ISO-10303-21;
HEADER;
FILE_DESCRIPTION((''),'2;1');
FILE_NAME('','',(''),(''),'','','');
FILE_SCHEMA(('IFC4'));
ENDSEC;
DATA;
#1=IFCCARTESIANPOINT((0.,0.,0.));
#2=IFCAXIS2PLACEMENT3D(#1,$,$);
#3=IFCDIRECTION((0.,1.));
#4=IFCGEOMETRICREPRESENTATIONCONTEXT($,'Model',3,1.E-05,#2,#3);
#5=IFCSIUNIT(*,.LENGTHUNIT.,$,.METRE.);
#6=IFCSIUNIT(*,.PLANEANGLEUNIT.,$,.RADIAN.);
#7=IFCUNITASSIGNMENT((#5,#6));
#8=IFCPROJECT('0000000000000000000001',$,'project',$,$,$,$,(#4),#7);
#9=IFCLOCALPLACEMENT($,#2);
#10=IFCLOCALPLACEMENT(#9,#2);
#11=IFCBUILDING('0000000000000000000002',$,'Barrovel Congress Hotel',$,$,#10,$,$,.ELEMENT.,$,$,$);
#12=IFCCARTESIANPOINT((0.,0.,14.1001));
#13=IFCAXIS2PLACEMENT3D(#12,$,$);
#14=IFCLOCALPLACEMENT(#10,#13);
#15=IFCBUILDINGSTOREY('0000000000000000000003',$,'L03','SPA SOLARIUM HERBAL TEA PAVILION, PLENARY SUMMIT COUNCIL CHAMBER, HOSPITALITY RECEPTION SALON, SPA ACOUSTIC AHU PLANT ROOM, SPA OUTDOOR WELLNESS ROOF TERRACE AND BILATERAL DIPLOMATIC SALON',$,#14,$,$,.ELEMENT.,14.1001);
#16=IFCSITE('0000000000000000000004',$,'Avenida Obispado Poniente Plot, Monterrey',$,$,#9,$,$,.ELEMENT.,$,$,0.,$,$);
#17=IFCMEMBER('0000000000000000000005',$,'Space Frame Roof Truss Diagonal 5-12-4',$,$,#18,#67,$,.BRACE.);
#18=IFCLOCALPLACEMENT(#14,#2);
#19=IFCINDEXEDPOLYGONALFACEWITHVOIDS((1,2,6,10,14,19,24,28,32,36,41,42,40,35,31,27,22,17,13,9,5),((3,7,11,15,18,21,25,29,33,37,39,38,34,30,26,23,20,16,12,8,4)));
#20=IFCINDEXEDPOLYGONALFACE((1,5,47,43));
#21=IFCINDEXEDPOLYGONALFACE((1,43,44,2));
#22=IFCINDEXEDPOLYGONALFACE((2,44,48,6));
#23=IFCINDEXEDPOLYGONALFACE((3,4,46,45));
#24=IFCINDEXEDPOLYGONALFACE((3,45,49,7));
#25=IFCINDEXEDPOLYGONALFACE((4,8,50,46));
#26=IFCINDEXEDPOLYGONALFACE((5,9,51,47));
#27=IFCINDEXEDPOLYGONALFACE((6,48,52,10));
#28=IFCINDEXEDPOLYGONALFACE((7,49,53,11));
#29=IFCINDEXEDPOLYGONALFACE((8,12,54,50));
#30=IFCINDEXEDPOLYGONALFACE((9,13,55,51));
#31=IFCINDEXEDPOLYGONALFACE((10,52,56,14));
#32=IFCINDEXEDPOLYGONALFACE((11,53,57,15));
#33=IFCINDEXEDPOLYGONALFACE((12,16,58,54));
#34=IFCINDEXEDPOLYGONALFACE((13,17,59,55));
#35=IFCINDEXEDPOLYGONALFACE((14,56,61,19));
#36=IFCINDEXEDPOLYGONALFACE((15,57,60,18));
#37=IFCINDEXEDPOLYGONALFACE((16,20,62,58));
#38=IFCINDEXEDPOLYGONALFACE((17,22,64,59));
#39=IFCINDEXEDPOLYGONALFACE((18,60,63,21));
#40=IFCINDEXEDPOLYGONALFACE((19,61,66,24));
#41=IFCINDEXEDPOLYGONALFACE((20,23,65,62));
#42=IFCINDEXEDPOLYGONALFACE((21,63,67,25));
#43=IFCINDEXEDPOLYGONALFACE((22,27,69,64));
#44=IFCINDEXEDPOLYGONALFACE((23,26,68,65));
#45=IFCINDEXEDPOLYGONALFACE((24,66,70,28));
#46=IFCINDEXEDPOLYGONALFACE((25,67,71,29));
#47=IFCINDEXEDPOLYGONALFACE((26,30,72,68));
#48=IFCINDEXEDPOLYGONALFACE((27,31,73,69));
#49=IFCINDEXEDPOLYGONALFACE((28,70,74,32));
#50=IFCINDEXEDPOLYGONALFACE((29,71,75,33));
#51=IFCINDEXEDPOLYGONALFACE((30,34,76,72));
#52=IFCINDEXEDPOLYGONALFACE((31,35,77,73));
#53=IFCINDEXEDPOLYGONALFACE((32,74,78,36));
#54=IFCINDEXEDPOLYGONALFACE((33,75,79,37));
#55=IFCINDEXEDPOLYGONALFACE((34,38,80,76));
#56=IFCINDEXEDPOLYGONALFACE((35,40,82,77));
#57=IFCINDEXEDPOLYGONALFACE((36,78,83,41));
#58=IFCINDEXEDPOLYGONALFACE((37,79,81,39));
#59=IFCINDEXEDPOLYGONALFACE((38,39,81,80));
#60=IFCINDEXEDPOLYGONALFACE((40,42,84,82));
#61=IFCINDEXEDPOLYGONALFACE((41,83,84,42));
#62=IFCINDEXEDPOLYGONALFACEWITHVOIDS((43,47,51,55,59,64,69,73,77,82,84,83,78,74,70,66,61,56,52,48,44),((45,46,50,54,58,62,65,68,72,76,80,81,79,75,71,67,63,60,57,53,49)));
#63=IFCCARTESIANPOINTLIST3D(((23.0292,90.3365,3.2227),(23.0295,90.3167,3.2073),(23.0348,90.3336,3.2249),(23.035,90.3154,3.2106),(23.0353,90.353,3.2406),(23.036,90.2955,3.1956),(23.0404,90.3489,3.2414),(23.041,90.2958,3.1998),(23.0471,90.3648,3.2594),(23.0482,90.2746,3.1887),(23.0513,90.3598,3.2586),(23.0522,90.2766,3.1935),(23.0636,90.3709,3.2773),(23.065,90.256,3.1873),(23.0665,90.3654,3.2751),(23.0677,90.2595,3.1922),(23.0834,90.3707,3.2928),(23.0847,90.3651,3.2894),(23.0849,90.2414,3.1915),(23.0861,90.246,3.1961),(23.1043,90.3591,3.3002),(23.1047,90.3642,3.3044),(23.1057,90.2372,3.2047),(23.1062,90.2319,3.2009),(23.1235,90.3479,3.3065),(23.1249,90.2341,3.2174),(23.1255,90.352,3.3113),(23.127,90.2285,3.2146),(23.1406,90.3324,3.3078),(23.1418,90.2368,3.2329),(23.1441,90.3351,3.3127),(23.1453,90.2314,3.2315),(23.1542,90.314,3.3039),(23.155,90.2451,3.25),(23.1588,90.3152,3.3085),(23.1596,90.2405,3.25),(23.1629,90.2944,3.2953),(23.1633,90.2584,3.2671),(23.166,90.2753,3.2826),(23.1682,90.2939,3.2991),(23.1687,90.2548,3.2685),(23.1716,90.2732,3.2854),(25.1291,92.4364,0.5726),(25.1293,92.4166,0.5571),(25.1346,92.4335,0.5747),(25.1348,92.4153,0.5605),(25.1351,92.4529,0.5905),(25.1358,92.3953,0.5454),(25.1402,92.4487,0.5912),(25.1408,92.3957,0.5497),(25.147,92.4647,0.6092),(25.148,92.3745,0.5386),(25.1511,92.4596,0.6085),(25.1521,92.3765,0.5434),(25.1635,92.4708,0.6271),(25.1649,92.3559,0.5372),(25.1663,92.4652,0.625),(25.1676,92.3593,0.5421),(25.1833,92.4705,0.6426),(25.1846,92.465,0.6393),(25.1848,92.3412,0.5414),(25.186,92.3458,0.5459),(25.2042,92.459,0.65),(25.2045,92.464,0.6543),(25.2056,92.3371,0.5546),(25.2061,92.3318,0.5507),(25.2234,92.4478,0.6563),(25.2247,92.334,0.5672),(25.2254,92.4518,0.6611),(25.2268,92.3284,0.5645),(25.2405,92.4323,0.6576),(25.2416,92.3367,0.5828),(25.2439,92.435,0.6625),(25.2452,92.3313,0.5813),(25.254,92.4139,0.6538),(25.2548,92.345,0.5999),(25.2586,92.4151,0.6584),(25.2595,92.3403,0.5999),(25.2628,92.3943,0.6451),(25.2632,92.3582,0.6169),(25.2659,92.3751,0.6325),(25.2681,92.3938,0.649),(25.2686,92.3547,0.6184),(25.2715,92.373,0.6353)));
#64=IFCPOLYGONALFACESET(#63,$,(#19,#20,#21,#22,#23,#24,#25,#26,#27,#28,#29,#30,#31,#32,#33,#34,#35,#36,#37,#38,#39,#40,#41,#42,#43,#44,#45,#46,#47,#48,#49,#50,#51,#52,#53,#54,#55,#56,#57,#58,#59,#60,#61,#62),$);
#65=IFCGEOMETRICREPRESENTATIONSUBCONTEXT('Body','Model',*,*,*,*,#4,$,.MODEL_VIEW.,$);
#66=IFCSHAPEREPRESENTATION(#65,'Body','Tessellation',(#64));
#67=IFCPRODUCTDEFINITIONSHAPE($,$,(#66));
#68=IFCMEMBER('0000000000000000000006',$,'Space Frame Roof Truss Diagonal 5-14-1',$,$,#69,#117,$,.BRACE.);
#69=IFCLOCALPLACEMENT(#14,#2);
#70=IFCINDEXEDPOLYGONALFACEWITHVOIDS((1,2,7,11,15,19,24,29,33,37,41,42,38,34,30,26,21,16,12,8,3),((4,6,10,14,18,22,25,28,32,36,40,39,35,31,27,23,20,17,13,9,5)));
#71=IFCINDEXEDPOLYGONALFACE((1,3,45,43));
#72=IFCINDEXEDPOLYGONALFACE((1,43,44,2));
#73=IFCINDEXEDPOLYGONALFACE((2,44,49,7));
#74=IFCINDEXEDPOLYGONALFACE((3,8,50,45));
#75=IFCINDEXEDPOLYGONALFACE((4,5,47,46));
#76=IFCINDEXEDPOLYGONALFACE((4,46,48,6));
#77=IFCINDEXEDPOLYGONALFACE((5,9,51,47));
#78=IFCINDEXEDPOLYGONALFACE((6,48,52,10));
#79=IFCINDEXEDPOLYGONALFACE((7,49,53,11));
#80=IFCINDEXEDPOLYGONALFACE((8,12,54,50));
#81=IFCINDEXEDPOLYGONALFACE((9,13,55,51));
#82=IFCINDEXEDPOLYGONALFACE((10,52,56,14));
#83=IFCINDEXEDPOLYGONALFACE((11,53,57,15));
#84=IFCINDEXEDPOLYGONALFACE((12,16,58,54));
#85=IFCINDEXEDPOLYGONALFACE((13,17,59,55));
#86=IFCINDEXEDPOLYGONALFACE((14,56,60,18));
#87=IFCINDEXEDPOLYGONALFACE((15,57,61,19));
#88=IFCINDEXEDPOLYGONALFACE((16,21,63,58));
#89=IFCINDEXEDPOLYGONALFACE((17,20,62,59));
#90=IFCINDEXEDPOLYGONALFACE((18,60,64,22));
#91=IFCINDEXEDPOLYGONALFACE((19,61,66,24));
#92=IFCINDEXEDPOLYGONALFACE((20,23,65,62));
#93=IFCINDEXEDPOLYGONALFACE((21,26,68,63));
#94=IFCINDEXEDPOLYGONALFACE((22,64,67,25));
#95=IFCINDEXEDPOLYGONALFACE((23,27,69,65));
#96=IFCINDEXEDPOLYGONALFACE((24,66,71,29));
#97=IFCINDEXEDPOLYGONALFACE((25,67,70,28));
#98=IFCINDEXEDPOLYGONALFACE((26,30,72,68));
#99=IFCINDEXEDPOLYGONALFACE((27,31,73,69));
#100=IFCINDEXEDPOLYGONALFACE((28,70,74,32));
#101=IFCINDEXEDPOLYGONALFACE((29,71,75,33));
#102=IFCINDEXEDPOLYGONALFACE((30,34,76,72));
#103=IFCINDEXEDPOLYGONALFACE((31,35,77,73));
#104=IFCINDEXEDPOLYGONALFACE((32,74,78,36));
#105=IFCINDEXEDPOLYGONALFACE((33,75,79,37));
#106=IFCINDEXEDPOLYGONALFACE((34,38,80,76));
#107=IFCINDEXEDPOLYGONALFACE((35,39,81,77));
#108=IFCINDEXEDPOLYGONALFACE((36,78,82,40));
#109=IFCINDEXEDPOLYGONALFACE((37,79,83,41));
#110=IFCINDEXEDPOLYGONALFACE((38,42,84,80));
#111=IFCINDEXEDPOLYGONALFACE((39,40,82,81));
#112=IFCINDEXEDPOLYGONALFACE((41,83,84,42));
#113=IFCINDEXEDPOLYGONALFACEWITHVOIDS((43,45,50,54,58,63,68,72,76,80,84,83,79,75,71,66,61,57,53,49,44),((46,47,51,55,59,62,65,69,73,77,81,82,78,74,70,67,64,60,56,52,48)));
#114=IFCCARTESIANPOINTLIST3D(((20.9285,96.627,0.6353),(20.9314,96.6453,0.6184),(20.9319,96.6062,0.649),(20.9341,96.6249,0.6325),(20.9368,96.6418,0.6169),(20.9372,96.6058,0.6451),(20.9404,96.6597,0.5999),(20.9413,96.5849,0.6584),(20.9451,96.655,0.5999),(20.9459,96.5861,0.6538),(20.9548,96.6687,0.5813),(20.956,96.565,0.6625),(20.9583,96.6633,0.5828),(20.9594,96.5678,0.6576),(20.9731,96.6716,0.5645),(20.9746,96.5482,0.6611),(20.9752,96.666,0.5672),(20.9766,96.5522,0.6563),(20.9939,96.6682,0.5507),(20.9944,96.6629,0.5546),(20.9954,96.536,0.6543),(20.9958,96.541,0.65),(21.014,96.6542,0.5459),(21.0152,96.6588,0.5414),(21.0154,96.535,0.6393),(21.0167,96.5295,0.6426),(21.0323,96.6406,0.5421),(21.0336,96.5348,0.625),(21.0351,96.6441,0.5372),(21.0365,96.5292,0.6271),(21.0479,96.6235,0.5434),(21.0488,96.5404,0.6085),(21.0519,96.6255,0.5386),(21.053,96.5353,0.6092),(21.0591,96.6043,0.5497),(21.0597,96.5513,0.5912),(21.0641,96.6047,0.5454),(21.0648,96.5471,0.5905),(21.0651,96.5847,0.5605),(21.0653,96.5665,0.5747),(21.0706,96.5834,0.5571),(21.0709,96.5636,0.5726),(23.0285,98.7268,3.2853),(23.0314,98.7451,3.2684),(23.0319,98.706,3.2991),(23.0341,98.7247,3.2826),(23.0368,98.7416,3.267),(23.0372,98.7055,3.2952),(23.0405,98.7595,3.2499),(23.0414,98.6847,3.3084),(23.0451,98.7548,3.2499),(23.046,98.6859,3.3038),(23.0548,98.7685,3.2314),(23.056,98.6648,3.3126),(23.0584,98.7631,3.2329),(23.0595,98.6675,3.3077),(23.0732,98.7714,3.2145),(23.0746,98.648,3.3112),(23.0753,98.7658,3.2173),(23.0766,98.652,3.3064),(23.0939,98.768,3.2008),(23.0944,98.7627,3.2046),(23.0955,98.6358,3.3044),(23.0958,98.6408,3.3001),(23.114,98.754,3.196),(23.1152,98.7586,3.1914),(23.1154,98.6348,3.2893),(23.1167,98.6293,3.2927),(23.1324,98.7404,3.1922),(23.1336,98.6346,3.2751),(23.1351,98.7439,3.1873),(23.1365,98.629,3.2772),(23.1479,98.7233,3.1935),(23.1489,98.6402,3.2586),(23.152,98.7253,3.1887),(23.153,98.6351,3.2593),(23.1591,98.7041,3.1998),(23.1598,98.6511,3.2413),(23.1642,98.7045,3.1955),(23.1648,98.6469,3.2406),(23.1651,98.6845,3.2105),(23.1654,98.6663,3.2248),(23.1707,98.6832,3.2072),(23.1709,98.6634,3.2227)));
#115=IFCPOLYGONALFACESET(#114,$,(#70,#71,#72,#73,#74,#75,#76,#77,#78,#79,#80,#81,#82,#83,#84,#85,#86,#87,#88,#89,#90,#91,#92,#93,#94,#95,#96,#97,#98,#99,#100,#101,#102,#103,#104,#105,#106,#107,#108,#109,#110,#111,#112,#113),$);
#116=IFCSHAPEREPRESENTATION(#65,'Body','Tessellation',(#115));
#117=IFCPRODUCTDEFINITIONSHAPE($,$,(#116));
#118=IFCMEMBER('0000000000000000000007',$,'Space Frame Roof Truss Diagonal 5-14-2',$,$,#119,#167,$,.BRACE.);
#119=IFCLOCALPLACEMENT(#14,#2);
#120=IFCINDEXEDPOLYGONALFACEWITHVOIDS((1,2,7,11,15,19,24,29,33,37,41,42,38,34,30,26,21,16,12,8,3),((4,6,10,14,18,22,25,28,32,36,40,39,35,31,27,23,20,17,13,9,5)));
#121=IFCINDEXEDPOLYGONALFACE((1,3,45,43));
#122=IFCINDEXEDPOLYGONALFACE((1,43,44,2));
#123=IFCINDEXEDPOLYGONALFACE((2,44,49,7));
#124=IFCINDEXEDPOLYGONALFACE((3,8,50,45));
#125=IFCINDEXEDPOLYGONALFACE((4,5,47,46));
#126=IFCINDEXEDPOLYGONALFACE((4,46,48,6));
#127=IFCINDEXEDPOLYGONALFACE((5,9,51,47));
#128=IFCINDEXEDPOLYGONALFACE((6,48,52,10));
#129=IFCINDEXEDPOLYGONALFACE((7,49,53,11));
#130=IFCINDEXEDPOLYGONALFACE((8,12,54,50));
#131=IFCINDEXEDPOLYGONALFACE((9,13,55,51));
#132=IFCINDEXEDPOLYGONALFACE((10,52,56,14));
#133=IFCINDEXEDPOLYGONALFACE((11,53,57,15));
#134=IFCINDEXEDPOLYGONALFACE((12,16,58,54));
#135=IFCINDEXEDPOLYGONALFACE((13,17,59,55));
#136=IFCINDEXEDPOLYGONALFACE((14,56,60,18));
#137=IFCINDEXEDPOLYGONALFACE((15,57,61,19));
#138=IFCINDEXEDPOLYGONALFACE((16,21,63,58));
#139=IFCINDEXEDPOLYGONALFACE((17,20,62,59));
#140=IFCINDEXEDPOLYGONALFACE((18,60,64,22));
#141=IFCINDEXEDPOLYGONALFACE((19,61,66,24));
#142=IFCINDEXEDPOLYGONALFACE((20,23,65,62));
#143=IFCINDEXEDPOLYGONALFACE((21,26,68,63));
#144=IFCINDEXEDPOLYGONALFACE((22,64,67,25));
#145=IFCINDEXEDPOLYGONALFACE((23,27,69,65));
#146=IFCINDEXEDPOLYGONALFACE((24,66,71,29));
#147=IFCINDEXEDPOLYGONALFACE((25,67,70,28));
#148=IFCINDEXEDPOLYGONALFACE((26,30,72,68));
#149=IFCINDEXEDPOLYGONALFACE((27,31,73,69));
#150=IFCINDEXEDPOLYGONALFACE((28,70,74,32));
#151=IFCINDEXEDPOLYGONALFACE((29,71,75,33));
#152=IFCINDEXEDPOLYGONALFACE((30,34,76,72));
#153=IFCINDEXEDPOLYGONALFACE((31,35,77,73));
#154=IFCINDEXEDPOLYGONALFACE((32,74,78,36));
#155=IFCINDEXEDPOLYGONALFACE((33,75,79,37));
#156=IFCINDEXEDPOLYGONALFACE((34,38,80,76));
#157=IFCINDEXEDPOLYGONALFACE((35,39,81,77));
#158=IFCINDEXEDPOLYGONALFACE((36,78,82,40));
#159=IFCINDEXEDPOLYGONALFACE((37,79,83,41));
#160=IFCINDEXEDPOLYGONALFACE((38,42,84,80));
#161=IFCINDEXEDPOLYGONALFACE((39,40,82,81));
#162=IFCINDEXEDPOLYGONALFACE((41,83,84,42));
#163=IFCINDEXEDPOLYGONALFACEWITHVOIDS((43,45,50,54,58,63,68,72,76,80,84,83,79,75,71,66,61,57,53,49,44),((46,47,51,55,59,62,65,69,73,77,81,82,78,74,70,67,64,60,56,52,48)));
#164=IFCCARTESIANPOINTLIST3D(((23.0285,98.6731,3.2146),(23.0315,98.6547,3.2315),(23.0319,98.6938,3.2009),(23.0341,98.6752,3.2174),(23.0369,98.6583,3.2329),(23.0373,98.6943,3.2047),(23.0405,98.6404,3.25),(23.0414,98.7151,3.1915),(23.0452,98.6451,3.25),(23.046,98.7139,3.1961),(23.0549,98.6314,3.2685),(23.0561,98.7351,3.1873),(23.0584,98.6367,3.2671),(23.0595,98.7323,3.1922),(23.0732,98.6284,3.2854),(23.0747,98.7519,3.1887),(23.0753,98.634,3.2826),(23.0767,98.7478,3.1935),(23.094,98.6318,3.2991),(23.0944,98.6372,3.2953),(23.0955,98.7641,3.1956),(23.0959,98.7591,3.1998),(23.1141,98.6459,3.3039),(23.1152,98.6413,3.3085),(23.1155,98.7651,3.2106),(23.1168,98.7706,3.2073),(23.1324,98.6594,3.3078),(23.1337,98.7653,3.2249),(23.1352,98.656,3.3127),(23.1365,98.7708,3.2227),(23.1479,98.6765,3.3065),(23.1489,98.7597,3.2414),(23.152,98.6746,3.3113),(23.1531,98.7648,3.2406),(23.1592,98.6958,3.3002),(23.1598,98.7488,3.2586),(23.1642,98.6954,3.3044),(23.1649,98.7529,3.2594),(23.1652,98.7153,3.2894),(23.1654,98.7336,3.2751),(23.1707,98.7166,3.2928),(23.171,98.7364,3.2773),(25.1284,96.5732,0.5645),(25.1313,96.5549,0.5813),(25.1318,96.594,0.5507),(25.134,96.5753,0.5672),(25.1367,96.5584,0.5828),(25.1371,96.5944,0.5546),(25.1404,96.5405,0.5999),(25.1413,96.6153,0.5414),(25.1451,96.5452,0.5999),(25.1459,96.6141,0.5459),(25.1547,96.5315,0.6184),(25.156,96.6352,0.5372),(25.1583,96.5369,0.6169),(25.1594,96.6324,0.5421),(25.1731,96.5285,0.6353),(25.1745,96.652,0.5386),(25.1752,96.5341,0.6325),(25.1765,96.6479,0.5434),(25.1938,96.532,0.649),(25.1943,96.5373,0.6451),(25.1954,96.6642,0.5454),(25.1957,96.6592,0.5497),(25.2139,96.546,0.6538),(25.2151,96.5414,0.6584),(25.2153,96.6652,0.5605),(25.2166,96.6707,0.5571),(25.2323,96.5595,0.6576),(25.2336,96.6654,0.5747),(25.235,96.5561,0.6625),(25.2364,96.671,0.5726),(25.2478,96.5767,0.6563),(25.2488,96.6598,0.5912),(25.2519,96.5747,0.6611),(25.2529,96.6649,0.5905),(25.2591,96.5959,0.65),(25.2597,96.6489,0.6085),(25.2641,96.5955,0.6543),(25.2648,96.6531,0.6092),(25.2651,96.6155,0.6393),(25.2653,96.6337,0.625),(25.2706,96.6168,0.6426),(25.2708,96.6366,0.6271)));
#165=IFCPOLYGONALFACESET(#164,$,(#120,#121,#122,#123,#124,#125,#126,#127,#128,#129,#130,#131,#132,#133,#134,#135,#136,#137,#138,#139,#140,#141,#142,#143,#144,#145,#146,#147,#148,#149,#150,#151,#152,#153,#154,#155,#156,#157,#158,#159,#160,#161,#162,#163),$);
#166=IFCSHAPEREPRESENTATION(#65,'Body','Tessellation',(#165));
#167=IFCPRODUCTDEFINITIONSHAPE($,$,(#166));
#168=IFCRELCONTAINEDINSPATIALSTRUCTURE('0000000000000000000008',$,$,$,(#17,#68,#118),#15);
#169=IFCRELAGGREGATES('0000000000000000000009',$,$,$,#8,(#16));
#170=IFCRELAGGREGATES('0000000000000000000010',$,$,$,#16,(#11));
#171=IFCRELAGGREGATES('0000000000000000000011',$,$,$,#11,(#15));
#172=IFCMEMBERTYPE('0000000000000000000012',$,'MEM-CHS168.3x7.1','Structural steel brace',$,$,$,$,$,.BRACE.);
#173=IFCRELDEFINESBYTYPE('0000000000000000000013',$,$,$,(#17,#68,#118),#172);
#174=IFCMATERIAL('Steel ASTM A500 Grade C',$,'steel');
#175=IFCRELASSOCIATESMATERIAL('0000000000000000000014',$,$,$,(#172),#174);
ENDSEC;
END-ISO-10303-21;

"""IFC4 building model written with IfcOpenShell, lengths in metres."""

from ifc_helpers import new_model, si_unit, direction, frame, origin, origin_2d, place, context, subcontext, project, spatial, hollow_circle, extrude, material, material_profile, profile_set, type_object, element, save


model = new_model("IFC4")

# Units and contexts
model_context = context("Model", 3, precision=1e-05, world=origin(), true_north=direction((0.0, 1.0)))
body_context = subcontext(model_context, "Body", "Model", "MODEL_VIEW")
ifc_project = project(units=[si_unit("LENGTHUNIT", "METRE"), si_unit("PLANEANGLEUNIT", "RADIAN")], contexts=[model_context])

# Site, building, storey
site_placement = place(None, origin())
site = spatial("IfcSite", under=ifc_project, at=site_placement, Name="Avenida Obispado Poniente Plot, Monterrey", CompositionType="ELEMENT", RefElevation=0.0)
building_placement = place(site_placement, origin())
building = spatial("IfcBuilding", under=site, at=building_placement, Name="Barrovel Congress Hotel", CompositionType="ELEMENT")
storey_placement = place(building_placement, frame((0.0, 0.0, 14.1001)))
storey = spatial("IfcBuildingStorey", under=building, at=storey_placement, Name="L03", Description="SPA SOLARIUM HERBAL TEA PAVILION, PLENARY SUMMIT COUNCIL CHAMBER, HOSPITALITY RECEPTION SALON, SPA ACOUSTIC AHU PLANT ROOM, SPA OUTDOOR WELLNESS ROOF TERRACE AND BILATERAL DIPLOMATIC SALON", CompositionType="ELEMENT", Elevation=14.1001)

# Members
ifc_material_1 = material(Name="Steel ASTM A500 Grade C", Category="steel")
ifc_material_profile_1 = material_profile(ifc_material_1, hollow_circle(Radius=0.0842, WallThickness=0.0066, at=origin_2d()), Name="CHS168.3x7.1")
ifc_profile_set_1 = profile_set([ifc_material_profile_1], Name="Steel ASTM A500 Grade C")
member_type_1 = type_object("IfcMemberType", Name="MEM-CHS168.3x7.1", Description="Structural steel brace", PredefinedType="BRACE", material=ifc_profile_set_1)
for number, where, z_axis, x_axis, name in (
    (1, (25.2, 92.3999, 0.5999), (-0.527574, -0.527574, 0.665831), (0.707107, -0.707107, 0.0), "Space Frame Roof Truss Diagonal 5-12-4"),
    (2, (21.0, 96.6001, 0.5999), (0.527618, 0.527557, 0.66581), (-0.707066, 0.707148, 0.0), "Space Frame Roof Truss Diagonal 5-14-1"),
    (3, (25.2, 96.6001, 0.5999), (-0.527574, 0.527574, 0.665831), (-0.707107, -0.707107, 0.0), "Space Frame Roof Truss Diagonal 5-14-2"),
):
    element("IfcMember", number, at=place(storey_placement, frame(where, z_axis=z_axis, x_axis=x_axis)), inside=storey, type_object=member_type_1, Name=name, PredefinedType="BRACE", context=body_context, shape_type="SweptSolid", body=[
        extrude(hollow_circle(Radius=0.0842, WallThickness=0.0066, at=origin_2d()), origin(), (0.0, 0.0, 1.0), 3.9802),
    ])

save(model, "model.ifc")
